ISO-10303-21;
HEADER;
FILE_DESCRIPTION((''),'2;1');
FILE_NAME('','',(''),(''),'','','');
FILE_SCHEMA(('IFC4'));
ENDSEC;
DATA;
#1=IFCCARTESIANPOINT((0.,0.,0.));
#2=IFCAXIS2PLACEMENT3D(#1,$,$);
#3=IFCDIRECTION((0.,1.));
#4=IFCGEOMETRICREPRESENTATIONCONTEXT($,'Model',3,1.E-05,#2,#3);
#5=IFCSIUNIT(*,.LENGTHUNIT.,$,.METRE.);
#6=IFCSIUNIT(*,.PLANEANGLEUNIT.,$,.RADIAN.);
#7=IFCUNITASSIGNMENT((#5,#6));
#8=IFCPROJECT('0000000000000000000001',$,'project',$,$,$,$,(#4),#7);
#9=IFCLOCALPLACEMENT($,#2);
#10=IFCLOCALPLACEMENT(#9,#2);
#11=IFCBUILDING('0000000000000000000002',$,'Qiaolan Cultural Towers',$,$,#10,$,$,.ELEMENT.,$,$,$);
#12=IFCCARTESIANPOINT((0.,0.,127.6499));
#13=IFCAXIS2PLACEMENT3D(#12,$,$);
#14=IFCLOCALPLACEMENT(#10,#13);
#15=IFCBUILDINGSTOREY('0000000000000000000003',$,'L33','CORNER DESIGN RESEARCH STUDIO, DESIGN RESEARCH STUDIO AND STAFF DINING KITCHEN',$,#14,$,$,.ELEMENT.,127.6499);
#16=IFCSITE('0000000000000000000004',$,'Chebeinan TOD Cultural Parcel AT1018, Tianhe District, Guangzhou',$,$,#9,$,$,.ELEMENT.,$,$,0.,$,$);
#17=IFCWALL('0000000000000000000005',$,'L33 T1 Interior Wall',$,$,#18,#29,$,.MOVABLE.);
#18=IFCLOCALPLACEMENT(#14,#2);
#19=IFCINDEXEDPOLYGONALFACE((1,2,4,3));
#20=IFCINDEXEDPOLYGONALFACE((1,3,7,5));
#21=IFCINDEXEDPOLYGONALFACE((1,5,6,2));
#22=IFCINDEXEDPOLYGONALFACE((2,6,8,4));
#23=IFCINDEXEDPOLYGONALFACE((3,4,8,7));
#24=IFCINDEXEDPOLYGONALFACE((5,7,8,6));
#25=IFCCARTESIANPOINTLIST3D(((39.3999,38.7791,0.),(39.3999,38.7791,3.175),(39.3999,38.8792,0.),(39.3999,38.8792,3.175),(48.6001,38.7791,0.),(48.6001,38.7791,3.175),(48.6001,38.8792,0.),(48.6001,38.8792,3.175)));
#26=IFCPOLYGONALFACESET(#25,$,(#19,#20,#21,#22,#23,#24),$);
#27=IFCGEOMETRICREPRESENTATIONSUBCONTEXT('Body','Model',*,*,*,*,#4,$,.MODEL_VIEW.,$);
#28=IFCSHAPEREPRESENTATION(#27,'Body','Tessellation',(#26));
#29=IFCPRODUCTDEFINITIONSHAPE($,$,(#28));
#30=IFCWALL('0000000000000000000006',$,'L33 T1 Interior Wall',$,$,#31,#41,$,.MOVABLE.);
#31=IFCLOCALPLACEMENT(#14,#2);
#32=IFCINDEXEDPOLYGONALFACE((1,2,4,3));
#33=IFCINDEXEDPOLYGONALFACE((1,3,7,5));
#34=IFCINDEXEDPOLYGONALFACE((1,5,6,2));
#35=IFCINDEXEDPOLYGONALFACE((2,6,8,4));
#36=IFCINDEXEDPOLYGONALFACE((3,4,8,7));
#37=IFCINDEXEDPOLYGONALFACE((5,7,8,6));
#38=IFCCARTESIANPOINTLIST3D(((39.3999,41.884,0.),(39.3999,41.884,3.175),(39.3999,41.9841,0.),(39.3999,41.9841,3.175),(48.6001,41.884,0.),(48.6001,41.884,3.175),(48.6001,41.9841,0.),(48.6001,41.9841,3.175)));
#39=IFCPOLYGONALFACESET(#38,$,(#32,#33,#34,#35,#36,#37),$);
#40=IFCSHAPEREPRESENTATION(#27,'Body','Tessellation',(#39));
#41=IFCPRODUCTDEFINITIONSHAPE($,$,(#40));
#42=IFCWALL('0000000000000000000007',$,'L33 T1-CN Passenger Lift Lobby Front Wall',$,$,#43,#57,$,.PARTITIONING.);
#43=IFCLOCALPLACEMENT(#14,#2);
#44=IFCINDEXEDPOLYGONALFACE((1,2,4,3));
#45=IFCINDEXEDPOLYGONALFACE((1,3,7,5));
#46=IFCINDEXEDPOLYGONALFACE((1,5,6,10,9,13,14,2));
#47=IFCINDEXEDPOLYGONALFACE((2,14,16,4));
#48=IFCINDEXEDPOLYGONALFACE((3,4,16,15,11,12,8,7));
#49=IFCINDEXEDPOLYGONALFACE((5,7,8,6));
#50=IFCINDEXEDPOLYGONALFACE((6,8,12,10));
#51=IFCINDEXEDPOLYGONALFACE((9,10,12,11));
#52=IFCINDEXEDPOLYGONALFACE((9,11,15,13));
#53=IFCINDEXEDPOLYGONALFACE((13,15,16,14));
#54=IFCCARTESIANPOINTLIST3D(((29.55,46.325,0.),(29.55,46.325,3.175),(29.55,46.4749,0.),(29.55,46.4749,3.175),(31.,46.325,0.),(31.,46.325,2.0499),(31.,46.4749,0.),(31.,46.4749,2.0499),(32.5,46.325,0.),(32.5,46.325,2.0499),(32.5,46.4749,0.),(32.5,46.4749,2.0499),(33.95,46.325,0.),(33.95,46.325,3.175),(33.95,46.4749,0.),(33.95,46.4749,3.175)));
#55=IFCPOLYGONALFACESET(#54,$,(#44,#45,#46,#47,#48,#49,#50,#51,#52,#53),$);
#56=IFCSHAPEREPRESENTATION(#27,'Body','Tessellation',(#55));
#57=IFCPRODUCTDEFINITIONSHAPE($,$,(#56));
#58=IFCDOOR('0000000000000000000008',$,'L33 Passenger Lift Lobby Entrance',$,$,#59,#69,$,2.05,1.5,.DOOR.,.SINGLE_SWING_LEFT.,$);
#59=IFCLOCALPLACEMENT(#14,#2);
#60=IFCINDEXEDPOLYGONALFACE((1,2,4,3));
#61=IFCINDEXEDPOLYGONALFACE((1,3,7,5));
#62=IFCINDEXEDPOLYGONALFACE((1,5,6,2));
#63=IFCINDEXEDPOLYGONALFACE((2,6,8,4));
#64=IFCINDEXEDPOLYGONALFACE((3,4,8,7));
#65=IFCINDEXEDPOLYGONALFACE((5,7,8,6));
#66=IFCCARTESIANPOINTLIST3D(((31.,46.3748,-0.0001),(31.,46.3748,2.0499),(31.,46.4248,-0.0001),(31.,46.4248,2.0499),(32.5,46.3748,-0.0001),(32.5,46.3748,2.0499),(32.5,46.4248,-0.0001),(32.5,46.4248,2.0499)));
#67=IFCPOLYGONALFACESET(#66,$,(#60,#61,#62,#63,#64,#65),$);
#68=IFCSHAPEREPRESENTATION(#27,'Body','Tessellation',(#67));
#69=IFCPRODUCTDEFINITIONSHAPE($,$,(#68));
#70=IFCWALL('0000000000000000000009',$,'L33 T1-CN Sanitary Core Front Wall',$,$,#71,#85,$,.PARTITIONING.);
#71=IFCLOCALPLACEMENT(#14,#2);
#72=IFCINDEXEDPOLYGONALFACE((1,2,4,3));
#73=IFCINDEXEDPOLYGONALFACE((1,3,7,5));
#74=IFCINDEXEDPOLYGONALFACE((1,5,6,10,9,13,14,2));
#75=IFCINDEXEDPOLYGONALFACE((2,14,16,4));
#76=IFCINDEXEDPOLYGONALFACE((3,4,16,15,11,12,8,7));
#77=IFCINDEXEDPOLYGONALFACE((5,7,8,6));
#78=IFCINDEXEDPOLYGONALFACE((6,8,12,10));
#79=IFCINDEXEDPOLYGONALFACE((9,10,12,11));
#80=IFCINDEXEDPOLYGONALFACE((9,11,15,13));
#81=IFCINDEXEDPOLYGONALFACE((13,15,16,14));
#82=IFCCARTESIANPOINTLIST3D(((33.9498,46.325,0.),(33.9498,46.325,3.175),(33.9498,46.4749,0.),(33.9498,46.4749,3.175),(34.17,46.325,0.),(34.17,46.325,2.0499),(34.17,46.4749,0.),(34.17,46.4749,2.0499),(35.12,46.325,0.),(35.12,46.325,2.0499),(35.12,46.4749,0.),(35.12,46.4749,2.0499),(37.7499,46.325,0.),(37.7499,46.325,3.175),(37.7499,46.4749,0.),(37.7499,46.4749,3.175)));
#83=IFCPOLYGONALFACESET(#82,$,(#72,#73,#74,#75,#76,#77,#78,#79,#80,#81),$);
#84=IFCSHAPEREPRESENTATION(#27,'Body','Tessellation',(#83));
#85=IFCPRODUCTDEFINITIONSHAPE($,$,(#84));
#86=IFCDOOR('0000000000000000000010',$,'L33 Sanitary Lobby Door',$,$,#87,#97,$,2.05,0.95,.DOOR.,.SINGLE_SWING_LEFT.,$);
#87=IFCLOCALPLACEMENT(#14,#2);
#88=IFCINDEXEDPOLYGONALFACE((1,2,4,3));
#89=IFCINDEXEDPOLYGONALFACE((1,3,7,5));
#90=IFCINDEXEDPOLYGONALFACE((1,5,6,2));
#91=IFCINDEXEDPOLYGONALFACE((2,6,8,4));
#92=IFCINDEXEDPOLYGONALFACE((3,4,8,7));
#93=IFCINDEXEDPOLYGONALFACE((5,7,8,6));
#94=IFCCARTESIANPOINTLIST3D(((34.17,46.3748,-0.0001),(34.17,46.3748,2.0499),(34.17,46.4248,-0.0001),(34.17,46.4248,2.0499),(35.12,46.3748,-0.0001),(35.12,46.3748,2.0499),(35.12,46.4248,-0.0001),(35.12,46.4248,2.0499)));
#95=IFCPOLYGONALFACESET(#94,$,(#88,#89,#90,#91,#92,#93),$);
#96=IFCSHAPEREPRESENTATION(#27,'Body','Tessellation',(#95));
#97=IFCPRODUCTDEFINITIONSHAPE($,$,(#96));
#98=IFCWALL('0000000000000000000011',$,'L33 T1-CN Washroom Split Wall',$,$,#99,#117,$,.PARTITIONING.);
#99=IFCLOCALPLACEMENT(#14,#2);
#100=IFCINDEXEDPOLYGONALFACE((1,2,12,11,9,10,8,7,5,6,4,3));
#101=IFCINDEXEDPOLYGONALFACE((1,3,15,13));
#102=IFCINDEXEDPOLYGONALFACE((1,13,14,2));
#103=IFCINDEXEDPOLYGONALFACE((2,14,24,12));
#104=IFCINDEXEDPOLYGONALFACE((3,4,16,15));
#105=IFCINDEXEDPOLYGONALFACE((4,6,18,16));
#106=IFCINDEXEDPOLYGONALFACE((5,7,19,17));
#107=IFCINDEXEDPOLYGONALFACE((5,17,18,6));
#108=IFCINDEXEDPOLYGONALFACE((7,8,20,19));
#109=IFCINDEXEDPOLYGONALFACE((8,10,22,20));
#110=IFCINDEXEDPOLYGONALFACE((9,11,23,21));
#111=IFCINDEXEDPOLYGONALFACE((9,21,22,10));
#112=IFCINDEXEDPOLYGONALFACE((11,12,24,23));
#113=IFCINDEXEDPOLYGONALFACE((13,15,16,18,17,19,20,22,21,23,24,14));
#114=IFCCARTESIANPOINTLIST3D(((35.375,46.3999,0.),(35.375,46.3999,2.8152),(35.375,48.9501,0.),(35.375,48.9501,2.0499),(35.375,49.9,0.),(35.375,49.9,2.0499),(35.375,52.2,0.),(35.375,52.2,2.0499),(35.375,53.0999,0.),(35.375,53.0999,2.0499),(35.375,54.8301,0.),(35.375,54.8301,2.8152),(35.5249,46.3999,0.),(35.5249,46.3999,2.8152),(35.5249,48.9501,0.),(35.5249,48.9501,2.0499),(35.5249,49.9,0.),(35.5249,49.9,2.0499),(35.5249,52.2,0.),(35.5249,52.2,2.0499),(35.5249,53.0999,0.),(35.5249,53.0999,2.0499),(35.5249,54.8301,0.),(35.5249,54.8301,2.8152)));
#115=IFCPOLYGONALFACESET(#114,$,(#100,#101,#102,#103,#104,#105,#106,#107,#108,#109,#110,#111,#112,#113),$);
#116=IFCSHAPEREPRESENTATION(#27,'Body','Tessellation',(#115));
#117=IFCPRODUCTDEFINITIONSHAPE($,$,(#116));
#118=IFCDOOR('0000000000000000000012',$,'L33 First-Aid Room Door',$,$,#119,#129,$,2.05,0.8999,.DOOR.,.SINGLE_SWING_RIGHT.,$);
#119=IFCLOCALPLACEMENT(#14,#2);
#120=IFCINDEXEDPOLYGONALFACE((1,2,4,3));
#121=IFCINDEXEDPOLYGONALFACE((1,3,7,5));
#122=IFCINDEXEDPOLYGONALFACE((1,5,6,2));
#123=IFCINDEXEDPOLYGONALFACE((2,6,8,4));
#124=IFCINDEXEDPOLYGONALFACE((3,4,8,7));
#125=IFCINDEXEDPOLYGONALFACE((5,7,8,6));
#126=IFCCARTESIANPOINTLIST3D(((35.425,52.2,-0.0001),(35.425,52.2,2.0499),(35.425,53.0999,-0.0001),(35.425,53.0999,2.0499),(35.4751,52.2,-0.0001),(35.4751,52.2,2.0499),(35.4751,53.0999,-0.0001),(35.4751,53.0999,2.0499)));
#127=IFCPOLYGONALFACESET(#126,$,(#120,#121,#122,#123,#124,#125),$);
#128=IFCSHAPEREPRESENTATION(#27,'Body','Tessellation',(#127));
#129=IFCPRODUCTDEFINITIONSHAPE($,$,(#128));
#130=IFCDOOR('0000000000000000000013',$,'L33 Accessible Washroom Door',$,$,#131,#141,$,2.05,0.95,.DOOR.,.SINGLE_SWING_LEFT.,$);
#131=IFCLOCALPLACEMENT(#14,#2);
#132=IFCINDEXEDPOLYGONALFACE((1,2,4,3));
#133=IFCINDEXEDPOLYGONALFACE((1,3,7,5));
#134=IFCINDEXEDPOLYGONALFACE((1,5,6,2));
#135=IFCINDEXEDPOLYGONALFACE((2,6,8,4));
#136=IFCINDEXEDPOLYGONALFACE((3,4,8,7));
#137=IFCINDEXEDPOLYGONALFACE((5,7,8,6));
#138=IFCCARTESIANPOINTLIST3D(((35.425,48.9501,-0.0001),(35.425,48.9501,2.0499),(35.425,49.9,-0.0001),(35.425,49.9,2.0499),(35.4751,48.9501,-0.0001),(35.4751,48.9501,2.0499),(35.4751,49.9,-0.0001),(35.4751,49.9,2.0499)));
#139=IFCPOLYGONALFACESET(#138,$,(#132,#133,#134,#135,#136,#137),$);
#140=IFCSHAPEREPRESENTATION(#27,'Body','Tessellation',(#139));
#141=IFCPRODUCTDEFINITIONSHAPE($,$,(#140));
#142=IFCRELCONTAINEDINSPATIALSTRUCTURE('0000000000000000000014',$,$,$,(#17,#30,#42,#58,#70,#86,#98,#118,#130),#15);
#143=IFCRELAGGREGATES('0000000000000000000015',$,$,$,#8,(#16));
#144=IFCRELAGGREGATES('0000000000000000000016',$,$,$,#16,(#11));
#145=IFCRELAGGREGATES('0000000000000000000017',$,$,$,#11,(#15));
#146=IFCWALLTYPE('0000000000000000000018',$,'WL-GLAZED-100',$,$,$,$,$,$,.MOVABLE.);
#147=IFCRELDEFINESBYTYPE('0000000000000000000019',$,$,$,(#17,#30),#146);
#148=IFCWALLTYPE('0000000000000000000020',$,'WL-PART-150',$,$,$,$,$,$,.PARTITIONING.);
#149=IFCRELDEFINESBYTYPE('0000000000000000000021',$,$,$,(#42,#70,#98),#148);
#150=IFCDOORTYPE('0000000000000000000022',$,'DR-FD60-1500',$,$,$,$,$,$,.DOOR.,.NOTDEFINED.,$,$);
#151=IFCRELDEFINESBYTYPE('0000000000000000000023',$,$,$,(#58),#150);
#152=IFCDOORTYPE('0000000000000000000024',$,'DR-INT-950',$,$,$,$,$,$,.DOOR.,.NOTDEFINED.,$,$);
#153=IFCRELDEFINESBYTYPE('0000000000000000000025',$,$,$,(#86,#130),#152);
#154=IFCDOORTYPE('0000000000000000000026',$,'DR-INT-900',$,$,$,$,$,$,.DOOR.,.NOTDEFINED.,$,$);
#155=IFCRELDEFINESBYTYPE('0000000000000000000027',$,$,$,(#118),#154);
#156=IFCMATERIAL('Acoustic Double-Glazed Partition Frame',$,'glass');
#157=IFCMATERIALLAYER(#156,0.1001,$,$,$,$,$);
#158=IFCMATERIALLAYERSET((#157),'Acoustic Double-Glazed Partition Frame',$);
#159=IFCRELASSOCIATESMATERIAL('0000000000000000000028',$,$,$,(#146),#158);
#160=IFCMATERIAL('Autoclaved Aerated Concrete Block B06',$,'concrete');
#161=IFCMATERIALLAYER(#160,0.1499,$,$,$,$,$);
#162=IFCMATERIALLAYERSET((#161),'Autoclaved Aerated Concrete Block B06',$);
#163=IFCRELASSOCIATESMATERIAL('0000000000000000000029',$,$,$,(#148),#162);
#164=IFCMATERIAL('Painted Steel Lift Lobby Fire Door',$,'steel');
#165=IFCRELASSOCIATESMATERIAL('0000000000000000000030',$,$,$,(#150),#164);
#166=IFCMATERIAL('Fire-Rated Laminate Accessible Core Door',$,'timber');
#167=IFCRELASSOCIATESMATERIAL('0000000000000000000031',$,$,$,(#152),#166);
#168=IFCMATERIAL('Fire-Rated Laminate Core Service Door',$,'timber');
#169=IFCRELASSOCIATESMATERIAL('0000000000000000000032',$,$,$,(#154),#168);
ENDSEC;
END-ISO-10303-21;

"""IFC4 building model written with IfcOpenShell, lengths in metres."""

from ifc_helpers import new_model, si_unit, direction, frame, frame_2d, origin, place, context, subcontext, project, spatial, rectangle, extrude, material, layer, layer_set, type_object, element, fill, save


model = new_model("IFC4")

# Units and contexts
model_context = context("Model", 3, precision=1e-05, world=origin(), true_north=direction((0.0, 1.0)))
body_context = subcontext(model_context, "Body", "Model", "MODEL_VIEW")
ifc_project = project(units=[si_unit("LENGTHUNIT", "METRE"), si_unit("PLANEANGLEUNIT", "RADIAN")], contexts=[model_context])

# Site, building, storey
site_placement = place(None, origin())
site = spatial("IfcSite", under=ifc_project, at=site_placement, Name="Chebeinan TOD Cultural Parcel AT1018, Tianhe District, Guangzhou", CompositionType="ELEMENT", RefElevation=0.0)
building_placement = place(site_placement, origin())
building = spatial("IfcBuilding", under=site, at=building_placement, Name="Qiaolan Cultural Towers", CompositionType="ELEMENT")
storey_placement = place(building_placement, frame((0.0, 0.0, 127.6499)))
storey = spatial("IfcBuildingStorey", under=building, at=storey_placement, Name="L33", Description="CORNER DESIGN RESEARCH STUDIO, DESIGN RESEARCH STUDIO AND STAFF DINING KITCHEN", CompositionType="ELEMENT", Elevation=127.6499)

# Walls
ifc_material_1 = material(Name="Acoustic Double-Glazed Partition Frame", Category="glass")
ifc_layer_1 = layer(ifc_material_1, 0.1001)
ifc_layer_set_1 = layer_set([ifc_layer_1], Name="Acoustic Double-Glazed Partition Frame")
wall_type_1 = type_object("IfcWallType", Name="WL-GLAZED-100", PredefinedType="MOVABLE", material=ifc_layer_set_1)
for number, where, z_axis, x_axis, name in (
    (1, (39.3999, 38.8291, 0.0), (0.0, 0.0, 1.0), (1.0, 0.0, 0.0), "L33 T1 Interior Wall"),
    (2, (39.3999, 41.9341, 0.0), (0.0, 0.0, 1.0), (1.0, 0.0, 0.0), "L33 T1 Interior Wall"),
):
    element("IfcWall", number, at=place(storey_placement, frame(where, z_axis=z_axis, x_axis=x_axis)), inside=storey, type_object=wall_type_1, Name=name, PredefinedType="MOVABLE", context=body_context, shape_type="SweptSolid", body=[
        extrude(rectangle(XDim=9.2002, YDim=0.1001, at=frame_2d((4.6001, 0.0))), origin(), (0.0, 0.0, 1.0), 3.175),
    ])

# Walls, openings, doors
ifc_material_2 = material(Name="Autoclaved Aerated Concrete Block B06", Category="concrete")
ifc_layer_2 = layer(ifc_material_2, 0.1499)
ifc_layer_set_2 = layer_set([ifc_layer_2], Name="Autoclaved Aerated Concrete Block B06")
wall_type_2 = type_object("IfcWallType", Name="WL-PART-150", PredefinedType="PARTITIONING", material=ifc_layer_set_2)
wall_1_placement = place(storey_placement, frame((29.55, 46.3999, 0.0), z_axis=(0.0, 0.0, 1.0), x_axis=(1.0, 0.0, 0.0)))
wall_1 = element("IfcWall", 3, at=wall_1_placement, inside=storey, type_object=wall_type_2, Name="L33 T1-CN Passenger Lift Lobby Front Wall", PredefinedType="PARTITIONING", context=body_context, shape_type="SweptSolid", body=[
    extrude(rectangle(XDim=4.3999, YDim=0.1499, at=frame_2d((2.2, 0.0))), origin(), (0.0, 0.0, 1.0), 3.175),
])
opening_1_placement = place(wall_1_placement, frame((1.45, 0.0, 0.0)))
opening_1 = element("IfcOpeningElement", 4, at=opening_1_placement, cuts=wall_1, PredefinedType="OPENING", context=body_context, shape_type="SweptSolid", body=[
    extrude(rectangle(XDim=1.5, YDim=2.05, at=frame_2d((0.75, 1.0249))), frame((0.0, 0.085, 0.0), z_axis=(0.0, -1.0, 0.0), x_axis=(1.0, 0.0, 0.0)), (0.0, 0.0, 1.0), 0.1699),
])
ifc_material_3 = material(Name="Painted Steel Lift Lobby Fire Door", Category="steel")
door_type_1 = type_object("IfcDoorType", Name="DR-FD60-1500", OperationType="NOTDEFINED", PredefinedType="DOOR", material=ifc_material_3)
door_1_placement = place(opening_1_placement, origin())
door_1 = element("IfcDoor", 5, at=door_1_placement, inside=storey, type_object=door_type_1, Name="L33 Passenger Lift Lobby Entrance", OperationType="SINGLE_SWING_LEFT", OverallHeight=2.05, OverallWidth=1.5, PredefinedType="DOOR", context=body_context, shape_type="SweptSolid", body=[
    extrude(rectangle(XDim=1.5, YDim=2.05, at=frame_2d((0.75, 1.0249))), frame((0.0, 0.0249, 0.0), z_axis=(0.0, -1.0, 0.0), x_axis=(1.0, 0.0, 0.0)), (0.0, 0.0, 1.0), 0.05),
])
fill(opening_1, door_1)
wall_2_placement = place(storey_placement, frame((33.95, 46.3999, 0.0), z_axis=(0.0, 0.0, 1.0), x_axis=(1.0, 0.0, 0.0)))
wall_2 = element("IfcWall", 6, at=wall_2_placement, inside=storey, type_object=wall_type_2, Name="L33 T1-CN Sanitary Core Front Wall", PredefinedType="PARTITIONING", context=body_context, shape_type="SweptSolid", body=[
    extrude(rectangle(XDim=3.8, YDim=0.1499, at=frame_2d((1.8999, 0.0))), origin(), (0.0, 0.0, 1.0), 3.175),
])
opening_2_placement = place(wall_2_placement, frame((0.22, 0.0, 0.0)))
opening_2 = element("IfcOpeningElement", 7, at=opening_2_placement, cuts=wall_2, PredefinedType="OPENING", context=body_context, shape_type="SweptSolid", body=[
    extrude(rectangle(XDim=0.95, YDim=2.05, at=frame_2d((0.4751, 1.0249))), frame((0.0, 0.085, 0.0), z_axis=(0.0, -1.0, 0.0), x_axis=(1.0, 0.0, 0.0)), (0.0, 0.0, 1.0), 0.1699),
])
ifc_material_4 = material(Name="Fire-Rated Laminate Accessible Core Door", Category="timber")
door_type_2 = type_object("IfcDoorType", Name="DR-INT-950", OperationType="NOTDEFINED", PredefinedType="DOOR", material=ifc_material_4)
door_2_placement = place(opening_2_placement, origin())
door_2 = element("IfcDoor", 8, at=door_2_placement, inside=storey, type_object=door_type_2, Name="L33 Sanitary Lobby Door", OperationType="SINGLE_SWING_LEFT", OverallHeight=2.05, OverallWidth=0.95, PredefinedType="DOOR", context=body_context, shape_type="SweptSolid", body=[
    extrude(rectangle(XDim=0.95, YDim=2.05, at=frame_2d((0.4751, 1.0249))), frame((0.0, 0.0249, 0.0), z_axis=(0.0, -1.0, 0.0), x_axis=(1.0, 0.0, 0.0)), (0.0, 0.0, 1.0), 0.05),
])
fill(opening_2, door_2)

# Wall, openings, doors
wall_3_placement = place(storey_placement, frame((35.45, 46.3999, 0.0), z_axis=(0.0, 0.0, 1.0), x_axis=(0.0, 1.0, 0.0)))
wall_3 = element("IfcWall", 9, at=wall_3_placement, inside=storey, type_object=wall_type_2, Name="L33 T1-CN Washroom Split Wall", PredefinedType="PARTITIONING", context=body_context, shape_type="SweptSolid", body=[
    extrude(rectangle(XDim=8.4302, YDim=0.1499, at=frame_2d((4.2151, 0.0))), origin(), (0.0, 0.0, 1.0), 2.8152),
])
opening_3_placement = place(wall_3_placement, frame((2.55, 0.0, 0.0)))
opening_3 = element("IfcOpeningElement", 10, at=opening_3_placement, cuts=wall_3, PredefinedType="OPENING", context=body_context, shape_type="SweptSolid", body=[
    extrude(rectangle(XDim=0.95, YDim=2.05, at=frame_2d((0.4751, 1.0249))), frame((0.0, 0.085, 0.0), z_axis=(0.0, -1.0, 0.0), x_axis=(1.0, 0.0, 0.0)), (0.0, 0.0, 1.0), 0.1699),
])
opening_4_placement = place(wall_3_placement, frame((5.8, 0.0, 0.0)))
opening_4 = element("IfcOpeningElement", 11, at=opening_4_placement, cuts=wall_3, PredefinedType="OPENING", context=body_context, shape_type="SweptSolid", body=[
    extrude(rectangle(XDim=0.8999, YDim=2.05, at=frame_2d((0.45, 1.0249))), frame((0.0, 0.085, 0.0), z_axis=(0.0, -1.0, 0.0), x_axis=(1.0, 0.0, 0.0)), (0.0, 0.0, 1.0), 0.1699),
])
ifc_material_5 = material(Name="Fire-Rated Laminate Core Service Door", Category="timber")
door_type_3 = type_object("IfcDoorType", Name="DR-INT-900", OperationType="NOTDEFINED", PredefinedType="DOOR", material=ifc_material_5)
door_3_placement = place(opening_4_placement, origin())
door_3 = element("IfcDoor", 12, at=door_3_placement, inside=storey, type_object=door_type_3, Name="L33 First-Aid Room Door", OperationType="SINGLE_SWING_RIGHT", OverallHeight=2.05, OverallWidth=0.8999, PredefinedType="DOOR", context=body_context, shape_type="SweptSolid", body=[
    extrude(rectangle(XDim=0.8999, YDim=2.05, at=frame_2d((0.45, 1.0249))), frame((0.0, 0.0249, 0.0), z_axis=(0.0, -1.0, 0.0), x_axis=(1.0, 0.0, 0.0)), (0.0, 0.0, 1.0), 0.05),
])
fill(opening_4, door_3)
door_4_placement = place(opening_3_placement, origin())
door_4 = element("IfcDoor", 13, at=door_4_placement, inside=storey, type_object=door_type_2, Name="L33 Accessible Washroom Door", OperationType="SINGLE_SWING_LEFT", OverallHeight=2.05, OverallWidth=0.95, PredefinedType="DOOR", context=body_context, shape_type="SweptSolid", body=[
    extrude(rectangle(XDim=0.95, YDim=2.05, at=frame_2d((0.4751, 1.0249))), frame((0.0, 0.0249, 0.0), z_axis=(0.0, -1.0, 0.0), x_axis=(1.0, 0.0, 0.0)), (0.0, 0.0, 1.0), 0.05),
])
fill(opening_3, door_4)

save(model, "model.ifc")
